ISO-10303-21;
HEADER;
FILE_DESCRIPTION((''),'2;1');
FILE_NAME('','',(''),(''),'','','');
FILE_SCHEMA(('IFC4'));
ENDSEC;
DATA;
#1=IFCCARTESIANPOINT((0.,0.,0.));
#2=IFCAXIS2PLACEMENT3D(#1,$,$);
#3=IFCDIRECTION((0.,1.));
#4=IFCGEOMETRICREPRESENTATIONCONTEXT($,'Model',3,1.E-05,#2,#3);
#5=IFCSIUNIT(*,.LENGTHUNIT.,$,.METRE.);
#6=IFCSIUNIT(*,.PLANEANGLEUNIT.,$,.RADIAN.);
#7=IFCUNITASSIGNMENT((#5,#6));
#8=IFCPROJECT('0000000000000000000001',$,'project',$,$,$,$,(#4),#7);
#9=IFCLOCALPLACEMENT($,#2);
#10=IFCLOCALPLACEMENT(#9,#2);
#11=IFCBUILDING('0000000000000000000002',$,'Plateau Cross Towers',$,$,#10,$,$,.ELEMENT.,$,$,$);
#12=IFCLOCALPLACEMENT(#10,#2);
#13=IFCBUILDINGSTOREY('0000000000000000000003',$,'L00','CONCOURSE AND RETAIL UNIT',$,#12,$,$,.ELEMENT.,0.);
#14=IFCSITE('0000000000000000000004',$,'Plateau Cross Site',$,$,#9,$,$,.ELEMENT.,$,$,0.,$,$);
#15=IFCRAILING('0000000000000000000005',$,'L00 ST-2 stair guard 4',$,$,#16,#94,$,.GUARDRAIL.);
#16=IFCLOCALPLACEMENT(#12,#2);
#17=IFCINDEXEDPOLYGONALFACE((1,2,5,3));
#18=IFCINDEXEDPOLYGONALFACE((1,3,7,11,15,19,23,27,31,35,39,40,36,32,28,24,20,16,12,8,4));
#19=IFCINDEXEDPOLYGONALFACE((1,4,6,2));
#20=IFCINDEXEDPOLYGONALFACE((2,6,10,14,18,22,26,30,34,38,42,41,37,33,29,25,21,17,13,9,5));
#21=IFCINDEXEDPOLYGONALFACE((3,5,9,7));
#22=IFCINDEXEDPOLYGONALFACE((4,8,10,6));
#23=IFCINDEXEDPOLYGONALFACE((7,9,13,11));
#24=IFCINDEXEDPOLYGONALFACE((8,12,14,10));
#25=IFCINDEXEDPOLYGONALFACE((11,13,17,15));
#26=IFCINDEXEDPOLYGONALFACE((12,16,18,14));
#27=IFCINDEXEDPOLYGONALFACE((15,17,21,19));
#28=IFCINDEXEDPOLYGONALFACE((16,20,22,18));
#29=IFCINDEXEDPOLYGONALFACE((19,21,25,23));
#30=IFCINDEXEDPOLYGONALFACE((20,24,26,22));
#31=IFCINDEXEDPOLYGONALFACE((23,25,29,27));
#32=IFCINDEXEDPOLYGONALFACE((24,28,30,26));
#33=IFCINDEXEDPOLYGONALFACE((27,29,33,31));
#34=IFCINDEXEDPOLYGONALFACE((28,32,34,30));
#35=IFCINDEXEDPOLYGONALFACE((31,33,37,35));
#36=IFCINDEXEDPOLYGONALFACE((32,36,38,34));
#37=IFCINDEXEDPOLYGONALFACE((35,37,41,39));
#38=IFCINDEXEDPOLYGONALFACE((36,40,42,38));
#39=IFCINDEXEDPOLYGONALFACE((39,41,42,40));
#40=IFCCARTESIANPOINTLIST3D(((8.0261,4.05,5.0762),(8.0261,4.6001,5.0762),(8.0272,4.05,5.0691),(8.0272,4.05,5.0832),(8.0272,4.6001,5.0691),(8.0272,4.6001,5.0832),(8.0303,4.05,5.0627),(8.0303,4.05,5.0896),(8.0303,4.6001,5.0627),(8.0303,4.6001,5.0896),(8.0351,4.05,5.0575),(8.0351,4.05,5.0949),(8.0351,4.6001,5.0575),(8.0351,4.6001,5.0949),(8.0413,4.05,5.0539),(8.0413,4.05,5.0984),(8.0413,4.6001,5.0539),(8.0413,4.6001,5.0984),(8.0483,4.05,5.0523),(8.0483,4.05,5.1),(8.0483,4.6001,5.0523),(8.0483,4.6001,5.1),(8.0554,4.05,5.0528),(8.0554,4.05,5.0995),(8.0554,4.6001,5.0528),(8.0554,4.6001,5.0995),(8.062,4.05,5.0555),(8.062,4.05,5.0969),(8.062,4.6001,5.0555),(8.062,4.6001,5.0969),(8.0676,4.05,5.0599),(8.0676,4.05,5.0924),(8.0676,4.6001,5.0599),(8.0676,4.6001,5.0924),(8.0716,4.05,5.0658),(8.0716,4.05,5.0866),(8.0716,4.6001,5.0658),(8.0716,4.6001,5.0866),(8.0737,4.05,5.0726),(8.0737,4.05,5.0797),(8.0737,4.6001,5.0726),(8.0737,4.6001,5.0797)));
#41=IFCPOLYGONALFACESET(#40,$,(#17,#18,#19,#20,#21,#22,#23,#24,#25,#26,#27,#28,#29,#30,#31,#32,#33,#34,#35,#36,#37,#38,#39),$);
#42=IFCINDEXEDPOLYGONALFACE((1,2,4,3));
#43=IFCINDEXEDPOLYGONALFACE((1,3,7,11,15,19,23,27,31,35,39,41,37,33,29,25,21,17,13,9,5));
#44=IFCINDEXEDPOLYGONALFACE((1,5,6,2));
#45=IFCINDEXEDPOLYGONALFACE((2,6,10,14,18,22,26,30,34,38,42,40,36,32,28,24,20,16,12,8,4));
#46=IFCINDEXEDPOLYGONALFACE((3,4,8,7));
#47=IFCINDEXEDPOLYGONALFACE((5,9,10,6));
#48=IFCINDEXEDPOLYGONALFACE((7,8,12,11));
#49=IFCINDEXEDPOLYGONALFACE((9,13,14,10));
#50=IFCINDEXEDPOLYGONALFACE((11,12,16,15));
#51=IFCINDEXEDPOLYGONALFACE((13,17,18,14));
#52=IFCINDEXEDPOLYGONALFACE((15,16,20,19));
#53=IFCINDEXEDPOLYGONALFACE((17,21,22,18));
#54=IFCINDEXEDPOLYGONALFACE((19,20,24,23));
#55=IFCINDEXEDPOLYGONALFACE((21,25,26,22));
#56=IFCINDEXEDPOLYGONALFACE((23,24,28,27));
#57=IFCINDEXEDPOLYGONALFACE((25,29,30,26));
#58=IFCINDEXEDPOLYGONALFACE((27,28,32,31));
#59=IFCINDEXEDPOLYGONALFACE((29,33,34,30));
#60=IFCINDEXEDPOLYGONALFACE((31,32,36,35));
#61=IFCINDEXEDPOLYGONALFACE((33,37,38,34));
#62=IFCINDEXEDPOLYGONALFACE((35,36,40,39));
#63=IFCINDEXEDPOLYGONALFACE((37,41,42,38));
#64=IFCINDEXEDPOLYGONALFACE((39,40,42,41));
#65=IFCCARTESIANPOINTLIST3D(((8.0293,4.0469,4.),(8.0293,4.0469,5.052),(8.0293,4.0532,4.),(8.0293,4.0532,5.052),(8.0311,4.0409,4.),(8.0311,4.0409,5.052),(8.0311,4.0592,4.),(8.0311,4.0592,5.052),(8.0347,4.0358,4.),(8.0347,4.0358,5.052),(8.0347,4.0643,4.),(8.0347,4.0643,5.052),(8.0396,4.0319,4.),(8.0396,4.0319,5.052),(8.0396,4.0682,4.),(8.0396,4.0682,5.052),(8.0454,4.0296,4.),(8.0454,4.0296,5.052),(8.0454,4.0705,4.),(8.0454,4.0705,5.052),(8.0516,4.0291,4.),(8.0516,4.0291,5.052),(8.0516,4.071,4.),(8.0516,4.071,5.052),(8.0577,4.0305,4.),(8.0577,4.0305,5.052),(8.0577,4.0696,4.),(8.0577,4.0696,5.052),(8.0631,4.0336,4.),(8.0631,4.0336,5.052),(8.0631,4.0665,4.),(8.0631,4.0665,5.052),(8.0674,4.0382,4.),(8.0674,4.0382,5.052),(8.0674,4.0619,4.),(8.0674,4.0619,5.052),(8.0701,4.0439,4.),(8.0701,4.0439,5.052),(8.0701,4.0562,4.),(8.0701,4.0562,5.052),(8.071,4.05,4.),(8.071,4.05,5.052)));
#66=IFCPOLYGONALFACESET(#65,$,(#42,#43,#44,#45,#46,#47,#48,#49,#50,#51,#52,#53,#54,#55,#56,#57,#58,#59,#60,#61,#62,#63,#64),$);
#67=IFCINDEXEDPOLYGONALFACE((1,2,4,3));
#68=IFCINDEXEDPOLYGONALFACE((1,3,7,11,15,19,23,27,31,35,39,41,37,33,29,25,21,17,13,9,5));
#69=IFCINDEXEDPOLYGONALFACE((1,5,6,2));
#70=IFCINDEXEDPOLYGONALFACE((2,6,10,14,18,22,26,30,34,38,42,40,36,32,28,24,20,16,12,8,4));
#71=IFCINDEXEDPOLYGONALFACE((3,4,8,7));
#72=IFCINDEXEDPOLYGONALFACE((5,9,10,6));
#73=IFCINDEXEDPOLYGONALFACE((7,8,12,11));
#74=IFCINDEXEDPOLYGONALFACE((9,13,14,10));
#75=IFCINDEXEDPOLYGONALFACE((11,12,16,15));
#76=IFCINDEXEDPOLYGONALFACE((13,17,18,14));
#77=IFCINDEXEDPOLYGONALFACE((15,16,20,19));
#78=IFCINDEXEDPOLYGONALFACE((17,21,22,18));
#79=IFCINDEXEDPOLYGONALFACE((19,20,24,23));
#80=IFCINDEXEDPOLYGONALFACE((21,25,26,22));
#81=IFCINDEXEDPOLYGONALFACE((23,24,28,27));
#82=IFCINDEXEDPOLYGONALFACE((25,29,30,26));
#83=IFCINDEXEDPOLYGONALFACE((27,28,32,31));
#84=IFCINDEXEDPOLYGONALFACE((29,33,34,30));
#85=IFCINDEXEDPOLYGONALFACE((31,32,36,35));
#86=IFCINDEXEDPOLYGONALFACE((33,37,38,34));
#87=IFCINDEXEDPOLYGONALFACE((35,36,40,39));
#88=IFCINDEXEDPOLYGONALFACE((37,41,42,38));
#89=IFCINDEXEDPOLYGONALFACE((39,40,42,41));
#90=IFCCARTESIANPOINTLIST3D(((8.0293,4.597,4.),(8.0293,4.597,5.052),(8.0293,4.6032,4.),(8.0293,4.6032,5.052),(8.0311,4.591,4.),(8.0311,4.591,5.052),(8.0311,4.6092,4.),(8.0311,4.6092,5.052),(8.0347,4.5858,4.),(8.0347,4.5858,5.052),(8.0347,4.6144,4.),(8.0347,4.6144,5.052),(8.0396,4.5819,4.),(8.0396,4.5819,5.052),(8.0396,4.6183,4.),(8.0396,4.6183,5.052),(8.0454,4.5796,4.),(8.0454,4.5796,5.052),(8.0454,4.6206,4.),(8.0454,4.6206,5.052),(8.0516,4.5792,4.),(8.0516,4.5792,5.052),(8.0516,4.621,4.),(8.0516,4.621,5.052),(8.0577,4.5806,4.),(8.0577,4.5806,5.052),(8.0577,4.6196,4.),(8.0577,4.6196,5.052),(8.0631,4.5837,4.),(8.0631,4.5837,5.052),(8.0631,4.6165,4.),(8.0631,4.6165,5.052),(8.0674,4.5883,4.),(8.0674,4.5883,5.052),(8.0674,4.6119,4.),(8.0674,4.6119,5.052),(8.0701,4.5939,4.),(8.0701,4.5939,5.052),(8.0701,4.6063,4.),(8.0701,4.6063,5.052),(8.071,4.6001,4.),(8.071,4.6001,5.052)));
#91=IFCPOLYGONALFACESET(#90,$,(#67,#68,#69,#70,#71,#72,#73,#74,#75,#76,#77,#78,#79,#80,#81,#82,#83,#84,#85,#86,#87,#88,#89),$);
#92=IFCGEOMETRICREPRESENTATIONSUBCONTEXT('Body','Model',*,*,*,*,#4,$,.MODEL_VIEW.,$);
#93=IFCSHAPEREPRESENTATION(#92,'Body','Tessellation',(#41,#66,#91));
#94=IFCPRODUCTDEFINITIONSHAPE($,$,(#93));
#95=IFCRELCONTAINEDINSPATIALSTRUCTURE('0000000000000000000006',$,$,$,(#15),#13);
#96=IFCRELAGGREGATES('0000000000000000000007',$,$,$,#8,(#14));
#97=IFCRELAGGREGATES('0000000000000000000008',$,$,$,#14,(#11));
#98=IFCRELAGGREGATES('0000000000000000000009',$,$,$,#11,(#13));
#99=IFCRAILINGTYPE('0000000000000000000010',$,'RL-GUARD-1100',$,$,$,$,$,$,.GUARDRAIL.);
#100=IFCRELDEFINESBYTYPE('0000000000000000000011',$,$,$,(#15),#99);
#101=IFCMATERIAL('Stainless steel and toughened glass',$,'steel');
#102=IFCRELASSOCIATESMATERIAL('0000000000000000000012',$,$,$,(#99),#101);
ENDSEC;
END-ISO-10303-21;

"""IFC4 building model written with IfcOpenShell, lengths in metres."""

from ifc_helpers import new_model, si_unit, direction, frame, origin, origin_2d, place, context, subcontext, project, spatial, circle, extrude, material, type_object, element, save


model = new_model("IFC4")

# Units and contexts
model_context = context("Model", 3, precision=1e-05, world=origin(), true_north=direction((0.0, 1.0)))
body_context = subcontext(model_context, "Body", "Model", "MODEL_VIEW")
ifc_project = project(units=[si_unit("LENGTHUNIT", "METRE"), si_unit("PLANEANGLEUNIT", "RADIAN")], contexts=[model_context])

# Site, building, storey
site_placement = place(None, origin())
site = spatial("IfcSite", under=ifc_project, at=site_placement, Name="Plateau Cross Site", CompositionType="ELEMENT", RefElevation=0.0)
building_placement = place(site_placement, origin())
building = spatial("IfcBuilding", under=site, at=building_placement, Name="Plateau Cross Towers", CompositionType="ELEMENT")
storey_placement = place(building_placement, origin())
storey = spatial("IfcBuildingStorey", under=building, at=storey_placement, Name="L00", Description="CONCOURSE AND RETAIL UNIT", CompositionType="ELEMENT", Elevation=0.0)

# Railing
ifc_material_1 = material(Name="Stainless steel and toughened glass", Category="steel")
railing_type_1 = type_object("IfcRailingType", Name="RL-GUARD-1100", PredefinedType="GUARDRAIL", material=ifc_material_1)
railing_1_placement = place(storey_placement, frame((8.05, 4.05, 4.0)))
element("IfcRailing", 1, at=railing_1_placement, inside=storey, type_object=railing_type_1, Name="L00 ST-2 stair guard 4", PredefinedType="GUARDRAIL", context=body_context, shape_type="SweptSolid", body=[
    extrude(circle(Radius=0.0239, at=origin_2d()), frame((0.0, 0.0, 1.0762), z_axis=(0.0, 1.0, 0.0), x_axis=(-1.0, 0.0, 0.0)), (0.0, 0.0, 1.0), 0.55),
    extrude(circle(Radius=0.021, at=origin_2d()), origin(), (0.0, 0.0, 1.0), 1.052),
    extrude(circle(Radius=0.021, at=origin_2d()), frame((0.0, 0.55, 0.0)), (0.0, 0.0, 1.0), 1.052),
])

save(model, "model.ifc")
